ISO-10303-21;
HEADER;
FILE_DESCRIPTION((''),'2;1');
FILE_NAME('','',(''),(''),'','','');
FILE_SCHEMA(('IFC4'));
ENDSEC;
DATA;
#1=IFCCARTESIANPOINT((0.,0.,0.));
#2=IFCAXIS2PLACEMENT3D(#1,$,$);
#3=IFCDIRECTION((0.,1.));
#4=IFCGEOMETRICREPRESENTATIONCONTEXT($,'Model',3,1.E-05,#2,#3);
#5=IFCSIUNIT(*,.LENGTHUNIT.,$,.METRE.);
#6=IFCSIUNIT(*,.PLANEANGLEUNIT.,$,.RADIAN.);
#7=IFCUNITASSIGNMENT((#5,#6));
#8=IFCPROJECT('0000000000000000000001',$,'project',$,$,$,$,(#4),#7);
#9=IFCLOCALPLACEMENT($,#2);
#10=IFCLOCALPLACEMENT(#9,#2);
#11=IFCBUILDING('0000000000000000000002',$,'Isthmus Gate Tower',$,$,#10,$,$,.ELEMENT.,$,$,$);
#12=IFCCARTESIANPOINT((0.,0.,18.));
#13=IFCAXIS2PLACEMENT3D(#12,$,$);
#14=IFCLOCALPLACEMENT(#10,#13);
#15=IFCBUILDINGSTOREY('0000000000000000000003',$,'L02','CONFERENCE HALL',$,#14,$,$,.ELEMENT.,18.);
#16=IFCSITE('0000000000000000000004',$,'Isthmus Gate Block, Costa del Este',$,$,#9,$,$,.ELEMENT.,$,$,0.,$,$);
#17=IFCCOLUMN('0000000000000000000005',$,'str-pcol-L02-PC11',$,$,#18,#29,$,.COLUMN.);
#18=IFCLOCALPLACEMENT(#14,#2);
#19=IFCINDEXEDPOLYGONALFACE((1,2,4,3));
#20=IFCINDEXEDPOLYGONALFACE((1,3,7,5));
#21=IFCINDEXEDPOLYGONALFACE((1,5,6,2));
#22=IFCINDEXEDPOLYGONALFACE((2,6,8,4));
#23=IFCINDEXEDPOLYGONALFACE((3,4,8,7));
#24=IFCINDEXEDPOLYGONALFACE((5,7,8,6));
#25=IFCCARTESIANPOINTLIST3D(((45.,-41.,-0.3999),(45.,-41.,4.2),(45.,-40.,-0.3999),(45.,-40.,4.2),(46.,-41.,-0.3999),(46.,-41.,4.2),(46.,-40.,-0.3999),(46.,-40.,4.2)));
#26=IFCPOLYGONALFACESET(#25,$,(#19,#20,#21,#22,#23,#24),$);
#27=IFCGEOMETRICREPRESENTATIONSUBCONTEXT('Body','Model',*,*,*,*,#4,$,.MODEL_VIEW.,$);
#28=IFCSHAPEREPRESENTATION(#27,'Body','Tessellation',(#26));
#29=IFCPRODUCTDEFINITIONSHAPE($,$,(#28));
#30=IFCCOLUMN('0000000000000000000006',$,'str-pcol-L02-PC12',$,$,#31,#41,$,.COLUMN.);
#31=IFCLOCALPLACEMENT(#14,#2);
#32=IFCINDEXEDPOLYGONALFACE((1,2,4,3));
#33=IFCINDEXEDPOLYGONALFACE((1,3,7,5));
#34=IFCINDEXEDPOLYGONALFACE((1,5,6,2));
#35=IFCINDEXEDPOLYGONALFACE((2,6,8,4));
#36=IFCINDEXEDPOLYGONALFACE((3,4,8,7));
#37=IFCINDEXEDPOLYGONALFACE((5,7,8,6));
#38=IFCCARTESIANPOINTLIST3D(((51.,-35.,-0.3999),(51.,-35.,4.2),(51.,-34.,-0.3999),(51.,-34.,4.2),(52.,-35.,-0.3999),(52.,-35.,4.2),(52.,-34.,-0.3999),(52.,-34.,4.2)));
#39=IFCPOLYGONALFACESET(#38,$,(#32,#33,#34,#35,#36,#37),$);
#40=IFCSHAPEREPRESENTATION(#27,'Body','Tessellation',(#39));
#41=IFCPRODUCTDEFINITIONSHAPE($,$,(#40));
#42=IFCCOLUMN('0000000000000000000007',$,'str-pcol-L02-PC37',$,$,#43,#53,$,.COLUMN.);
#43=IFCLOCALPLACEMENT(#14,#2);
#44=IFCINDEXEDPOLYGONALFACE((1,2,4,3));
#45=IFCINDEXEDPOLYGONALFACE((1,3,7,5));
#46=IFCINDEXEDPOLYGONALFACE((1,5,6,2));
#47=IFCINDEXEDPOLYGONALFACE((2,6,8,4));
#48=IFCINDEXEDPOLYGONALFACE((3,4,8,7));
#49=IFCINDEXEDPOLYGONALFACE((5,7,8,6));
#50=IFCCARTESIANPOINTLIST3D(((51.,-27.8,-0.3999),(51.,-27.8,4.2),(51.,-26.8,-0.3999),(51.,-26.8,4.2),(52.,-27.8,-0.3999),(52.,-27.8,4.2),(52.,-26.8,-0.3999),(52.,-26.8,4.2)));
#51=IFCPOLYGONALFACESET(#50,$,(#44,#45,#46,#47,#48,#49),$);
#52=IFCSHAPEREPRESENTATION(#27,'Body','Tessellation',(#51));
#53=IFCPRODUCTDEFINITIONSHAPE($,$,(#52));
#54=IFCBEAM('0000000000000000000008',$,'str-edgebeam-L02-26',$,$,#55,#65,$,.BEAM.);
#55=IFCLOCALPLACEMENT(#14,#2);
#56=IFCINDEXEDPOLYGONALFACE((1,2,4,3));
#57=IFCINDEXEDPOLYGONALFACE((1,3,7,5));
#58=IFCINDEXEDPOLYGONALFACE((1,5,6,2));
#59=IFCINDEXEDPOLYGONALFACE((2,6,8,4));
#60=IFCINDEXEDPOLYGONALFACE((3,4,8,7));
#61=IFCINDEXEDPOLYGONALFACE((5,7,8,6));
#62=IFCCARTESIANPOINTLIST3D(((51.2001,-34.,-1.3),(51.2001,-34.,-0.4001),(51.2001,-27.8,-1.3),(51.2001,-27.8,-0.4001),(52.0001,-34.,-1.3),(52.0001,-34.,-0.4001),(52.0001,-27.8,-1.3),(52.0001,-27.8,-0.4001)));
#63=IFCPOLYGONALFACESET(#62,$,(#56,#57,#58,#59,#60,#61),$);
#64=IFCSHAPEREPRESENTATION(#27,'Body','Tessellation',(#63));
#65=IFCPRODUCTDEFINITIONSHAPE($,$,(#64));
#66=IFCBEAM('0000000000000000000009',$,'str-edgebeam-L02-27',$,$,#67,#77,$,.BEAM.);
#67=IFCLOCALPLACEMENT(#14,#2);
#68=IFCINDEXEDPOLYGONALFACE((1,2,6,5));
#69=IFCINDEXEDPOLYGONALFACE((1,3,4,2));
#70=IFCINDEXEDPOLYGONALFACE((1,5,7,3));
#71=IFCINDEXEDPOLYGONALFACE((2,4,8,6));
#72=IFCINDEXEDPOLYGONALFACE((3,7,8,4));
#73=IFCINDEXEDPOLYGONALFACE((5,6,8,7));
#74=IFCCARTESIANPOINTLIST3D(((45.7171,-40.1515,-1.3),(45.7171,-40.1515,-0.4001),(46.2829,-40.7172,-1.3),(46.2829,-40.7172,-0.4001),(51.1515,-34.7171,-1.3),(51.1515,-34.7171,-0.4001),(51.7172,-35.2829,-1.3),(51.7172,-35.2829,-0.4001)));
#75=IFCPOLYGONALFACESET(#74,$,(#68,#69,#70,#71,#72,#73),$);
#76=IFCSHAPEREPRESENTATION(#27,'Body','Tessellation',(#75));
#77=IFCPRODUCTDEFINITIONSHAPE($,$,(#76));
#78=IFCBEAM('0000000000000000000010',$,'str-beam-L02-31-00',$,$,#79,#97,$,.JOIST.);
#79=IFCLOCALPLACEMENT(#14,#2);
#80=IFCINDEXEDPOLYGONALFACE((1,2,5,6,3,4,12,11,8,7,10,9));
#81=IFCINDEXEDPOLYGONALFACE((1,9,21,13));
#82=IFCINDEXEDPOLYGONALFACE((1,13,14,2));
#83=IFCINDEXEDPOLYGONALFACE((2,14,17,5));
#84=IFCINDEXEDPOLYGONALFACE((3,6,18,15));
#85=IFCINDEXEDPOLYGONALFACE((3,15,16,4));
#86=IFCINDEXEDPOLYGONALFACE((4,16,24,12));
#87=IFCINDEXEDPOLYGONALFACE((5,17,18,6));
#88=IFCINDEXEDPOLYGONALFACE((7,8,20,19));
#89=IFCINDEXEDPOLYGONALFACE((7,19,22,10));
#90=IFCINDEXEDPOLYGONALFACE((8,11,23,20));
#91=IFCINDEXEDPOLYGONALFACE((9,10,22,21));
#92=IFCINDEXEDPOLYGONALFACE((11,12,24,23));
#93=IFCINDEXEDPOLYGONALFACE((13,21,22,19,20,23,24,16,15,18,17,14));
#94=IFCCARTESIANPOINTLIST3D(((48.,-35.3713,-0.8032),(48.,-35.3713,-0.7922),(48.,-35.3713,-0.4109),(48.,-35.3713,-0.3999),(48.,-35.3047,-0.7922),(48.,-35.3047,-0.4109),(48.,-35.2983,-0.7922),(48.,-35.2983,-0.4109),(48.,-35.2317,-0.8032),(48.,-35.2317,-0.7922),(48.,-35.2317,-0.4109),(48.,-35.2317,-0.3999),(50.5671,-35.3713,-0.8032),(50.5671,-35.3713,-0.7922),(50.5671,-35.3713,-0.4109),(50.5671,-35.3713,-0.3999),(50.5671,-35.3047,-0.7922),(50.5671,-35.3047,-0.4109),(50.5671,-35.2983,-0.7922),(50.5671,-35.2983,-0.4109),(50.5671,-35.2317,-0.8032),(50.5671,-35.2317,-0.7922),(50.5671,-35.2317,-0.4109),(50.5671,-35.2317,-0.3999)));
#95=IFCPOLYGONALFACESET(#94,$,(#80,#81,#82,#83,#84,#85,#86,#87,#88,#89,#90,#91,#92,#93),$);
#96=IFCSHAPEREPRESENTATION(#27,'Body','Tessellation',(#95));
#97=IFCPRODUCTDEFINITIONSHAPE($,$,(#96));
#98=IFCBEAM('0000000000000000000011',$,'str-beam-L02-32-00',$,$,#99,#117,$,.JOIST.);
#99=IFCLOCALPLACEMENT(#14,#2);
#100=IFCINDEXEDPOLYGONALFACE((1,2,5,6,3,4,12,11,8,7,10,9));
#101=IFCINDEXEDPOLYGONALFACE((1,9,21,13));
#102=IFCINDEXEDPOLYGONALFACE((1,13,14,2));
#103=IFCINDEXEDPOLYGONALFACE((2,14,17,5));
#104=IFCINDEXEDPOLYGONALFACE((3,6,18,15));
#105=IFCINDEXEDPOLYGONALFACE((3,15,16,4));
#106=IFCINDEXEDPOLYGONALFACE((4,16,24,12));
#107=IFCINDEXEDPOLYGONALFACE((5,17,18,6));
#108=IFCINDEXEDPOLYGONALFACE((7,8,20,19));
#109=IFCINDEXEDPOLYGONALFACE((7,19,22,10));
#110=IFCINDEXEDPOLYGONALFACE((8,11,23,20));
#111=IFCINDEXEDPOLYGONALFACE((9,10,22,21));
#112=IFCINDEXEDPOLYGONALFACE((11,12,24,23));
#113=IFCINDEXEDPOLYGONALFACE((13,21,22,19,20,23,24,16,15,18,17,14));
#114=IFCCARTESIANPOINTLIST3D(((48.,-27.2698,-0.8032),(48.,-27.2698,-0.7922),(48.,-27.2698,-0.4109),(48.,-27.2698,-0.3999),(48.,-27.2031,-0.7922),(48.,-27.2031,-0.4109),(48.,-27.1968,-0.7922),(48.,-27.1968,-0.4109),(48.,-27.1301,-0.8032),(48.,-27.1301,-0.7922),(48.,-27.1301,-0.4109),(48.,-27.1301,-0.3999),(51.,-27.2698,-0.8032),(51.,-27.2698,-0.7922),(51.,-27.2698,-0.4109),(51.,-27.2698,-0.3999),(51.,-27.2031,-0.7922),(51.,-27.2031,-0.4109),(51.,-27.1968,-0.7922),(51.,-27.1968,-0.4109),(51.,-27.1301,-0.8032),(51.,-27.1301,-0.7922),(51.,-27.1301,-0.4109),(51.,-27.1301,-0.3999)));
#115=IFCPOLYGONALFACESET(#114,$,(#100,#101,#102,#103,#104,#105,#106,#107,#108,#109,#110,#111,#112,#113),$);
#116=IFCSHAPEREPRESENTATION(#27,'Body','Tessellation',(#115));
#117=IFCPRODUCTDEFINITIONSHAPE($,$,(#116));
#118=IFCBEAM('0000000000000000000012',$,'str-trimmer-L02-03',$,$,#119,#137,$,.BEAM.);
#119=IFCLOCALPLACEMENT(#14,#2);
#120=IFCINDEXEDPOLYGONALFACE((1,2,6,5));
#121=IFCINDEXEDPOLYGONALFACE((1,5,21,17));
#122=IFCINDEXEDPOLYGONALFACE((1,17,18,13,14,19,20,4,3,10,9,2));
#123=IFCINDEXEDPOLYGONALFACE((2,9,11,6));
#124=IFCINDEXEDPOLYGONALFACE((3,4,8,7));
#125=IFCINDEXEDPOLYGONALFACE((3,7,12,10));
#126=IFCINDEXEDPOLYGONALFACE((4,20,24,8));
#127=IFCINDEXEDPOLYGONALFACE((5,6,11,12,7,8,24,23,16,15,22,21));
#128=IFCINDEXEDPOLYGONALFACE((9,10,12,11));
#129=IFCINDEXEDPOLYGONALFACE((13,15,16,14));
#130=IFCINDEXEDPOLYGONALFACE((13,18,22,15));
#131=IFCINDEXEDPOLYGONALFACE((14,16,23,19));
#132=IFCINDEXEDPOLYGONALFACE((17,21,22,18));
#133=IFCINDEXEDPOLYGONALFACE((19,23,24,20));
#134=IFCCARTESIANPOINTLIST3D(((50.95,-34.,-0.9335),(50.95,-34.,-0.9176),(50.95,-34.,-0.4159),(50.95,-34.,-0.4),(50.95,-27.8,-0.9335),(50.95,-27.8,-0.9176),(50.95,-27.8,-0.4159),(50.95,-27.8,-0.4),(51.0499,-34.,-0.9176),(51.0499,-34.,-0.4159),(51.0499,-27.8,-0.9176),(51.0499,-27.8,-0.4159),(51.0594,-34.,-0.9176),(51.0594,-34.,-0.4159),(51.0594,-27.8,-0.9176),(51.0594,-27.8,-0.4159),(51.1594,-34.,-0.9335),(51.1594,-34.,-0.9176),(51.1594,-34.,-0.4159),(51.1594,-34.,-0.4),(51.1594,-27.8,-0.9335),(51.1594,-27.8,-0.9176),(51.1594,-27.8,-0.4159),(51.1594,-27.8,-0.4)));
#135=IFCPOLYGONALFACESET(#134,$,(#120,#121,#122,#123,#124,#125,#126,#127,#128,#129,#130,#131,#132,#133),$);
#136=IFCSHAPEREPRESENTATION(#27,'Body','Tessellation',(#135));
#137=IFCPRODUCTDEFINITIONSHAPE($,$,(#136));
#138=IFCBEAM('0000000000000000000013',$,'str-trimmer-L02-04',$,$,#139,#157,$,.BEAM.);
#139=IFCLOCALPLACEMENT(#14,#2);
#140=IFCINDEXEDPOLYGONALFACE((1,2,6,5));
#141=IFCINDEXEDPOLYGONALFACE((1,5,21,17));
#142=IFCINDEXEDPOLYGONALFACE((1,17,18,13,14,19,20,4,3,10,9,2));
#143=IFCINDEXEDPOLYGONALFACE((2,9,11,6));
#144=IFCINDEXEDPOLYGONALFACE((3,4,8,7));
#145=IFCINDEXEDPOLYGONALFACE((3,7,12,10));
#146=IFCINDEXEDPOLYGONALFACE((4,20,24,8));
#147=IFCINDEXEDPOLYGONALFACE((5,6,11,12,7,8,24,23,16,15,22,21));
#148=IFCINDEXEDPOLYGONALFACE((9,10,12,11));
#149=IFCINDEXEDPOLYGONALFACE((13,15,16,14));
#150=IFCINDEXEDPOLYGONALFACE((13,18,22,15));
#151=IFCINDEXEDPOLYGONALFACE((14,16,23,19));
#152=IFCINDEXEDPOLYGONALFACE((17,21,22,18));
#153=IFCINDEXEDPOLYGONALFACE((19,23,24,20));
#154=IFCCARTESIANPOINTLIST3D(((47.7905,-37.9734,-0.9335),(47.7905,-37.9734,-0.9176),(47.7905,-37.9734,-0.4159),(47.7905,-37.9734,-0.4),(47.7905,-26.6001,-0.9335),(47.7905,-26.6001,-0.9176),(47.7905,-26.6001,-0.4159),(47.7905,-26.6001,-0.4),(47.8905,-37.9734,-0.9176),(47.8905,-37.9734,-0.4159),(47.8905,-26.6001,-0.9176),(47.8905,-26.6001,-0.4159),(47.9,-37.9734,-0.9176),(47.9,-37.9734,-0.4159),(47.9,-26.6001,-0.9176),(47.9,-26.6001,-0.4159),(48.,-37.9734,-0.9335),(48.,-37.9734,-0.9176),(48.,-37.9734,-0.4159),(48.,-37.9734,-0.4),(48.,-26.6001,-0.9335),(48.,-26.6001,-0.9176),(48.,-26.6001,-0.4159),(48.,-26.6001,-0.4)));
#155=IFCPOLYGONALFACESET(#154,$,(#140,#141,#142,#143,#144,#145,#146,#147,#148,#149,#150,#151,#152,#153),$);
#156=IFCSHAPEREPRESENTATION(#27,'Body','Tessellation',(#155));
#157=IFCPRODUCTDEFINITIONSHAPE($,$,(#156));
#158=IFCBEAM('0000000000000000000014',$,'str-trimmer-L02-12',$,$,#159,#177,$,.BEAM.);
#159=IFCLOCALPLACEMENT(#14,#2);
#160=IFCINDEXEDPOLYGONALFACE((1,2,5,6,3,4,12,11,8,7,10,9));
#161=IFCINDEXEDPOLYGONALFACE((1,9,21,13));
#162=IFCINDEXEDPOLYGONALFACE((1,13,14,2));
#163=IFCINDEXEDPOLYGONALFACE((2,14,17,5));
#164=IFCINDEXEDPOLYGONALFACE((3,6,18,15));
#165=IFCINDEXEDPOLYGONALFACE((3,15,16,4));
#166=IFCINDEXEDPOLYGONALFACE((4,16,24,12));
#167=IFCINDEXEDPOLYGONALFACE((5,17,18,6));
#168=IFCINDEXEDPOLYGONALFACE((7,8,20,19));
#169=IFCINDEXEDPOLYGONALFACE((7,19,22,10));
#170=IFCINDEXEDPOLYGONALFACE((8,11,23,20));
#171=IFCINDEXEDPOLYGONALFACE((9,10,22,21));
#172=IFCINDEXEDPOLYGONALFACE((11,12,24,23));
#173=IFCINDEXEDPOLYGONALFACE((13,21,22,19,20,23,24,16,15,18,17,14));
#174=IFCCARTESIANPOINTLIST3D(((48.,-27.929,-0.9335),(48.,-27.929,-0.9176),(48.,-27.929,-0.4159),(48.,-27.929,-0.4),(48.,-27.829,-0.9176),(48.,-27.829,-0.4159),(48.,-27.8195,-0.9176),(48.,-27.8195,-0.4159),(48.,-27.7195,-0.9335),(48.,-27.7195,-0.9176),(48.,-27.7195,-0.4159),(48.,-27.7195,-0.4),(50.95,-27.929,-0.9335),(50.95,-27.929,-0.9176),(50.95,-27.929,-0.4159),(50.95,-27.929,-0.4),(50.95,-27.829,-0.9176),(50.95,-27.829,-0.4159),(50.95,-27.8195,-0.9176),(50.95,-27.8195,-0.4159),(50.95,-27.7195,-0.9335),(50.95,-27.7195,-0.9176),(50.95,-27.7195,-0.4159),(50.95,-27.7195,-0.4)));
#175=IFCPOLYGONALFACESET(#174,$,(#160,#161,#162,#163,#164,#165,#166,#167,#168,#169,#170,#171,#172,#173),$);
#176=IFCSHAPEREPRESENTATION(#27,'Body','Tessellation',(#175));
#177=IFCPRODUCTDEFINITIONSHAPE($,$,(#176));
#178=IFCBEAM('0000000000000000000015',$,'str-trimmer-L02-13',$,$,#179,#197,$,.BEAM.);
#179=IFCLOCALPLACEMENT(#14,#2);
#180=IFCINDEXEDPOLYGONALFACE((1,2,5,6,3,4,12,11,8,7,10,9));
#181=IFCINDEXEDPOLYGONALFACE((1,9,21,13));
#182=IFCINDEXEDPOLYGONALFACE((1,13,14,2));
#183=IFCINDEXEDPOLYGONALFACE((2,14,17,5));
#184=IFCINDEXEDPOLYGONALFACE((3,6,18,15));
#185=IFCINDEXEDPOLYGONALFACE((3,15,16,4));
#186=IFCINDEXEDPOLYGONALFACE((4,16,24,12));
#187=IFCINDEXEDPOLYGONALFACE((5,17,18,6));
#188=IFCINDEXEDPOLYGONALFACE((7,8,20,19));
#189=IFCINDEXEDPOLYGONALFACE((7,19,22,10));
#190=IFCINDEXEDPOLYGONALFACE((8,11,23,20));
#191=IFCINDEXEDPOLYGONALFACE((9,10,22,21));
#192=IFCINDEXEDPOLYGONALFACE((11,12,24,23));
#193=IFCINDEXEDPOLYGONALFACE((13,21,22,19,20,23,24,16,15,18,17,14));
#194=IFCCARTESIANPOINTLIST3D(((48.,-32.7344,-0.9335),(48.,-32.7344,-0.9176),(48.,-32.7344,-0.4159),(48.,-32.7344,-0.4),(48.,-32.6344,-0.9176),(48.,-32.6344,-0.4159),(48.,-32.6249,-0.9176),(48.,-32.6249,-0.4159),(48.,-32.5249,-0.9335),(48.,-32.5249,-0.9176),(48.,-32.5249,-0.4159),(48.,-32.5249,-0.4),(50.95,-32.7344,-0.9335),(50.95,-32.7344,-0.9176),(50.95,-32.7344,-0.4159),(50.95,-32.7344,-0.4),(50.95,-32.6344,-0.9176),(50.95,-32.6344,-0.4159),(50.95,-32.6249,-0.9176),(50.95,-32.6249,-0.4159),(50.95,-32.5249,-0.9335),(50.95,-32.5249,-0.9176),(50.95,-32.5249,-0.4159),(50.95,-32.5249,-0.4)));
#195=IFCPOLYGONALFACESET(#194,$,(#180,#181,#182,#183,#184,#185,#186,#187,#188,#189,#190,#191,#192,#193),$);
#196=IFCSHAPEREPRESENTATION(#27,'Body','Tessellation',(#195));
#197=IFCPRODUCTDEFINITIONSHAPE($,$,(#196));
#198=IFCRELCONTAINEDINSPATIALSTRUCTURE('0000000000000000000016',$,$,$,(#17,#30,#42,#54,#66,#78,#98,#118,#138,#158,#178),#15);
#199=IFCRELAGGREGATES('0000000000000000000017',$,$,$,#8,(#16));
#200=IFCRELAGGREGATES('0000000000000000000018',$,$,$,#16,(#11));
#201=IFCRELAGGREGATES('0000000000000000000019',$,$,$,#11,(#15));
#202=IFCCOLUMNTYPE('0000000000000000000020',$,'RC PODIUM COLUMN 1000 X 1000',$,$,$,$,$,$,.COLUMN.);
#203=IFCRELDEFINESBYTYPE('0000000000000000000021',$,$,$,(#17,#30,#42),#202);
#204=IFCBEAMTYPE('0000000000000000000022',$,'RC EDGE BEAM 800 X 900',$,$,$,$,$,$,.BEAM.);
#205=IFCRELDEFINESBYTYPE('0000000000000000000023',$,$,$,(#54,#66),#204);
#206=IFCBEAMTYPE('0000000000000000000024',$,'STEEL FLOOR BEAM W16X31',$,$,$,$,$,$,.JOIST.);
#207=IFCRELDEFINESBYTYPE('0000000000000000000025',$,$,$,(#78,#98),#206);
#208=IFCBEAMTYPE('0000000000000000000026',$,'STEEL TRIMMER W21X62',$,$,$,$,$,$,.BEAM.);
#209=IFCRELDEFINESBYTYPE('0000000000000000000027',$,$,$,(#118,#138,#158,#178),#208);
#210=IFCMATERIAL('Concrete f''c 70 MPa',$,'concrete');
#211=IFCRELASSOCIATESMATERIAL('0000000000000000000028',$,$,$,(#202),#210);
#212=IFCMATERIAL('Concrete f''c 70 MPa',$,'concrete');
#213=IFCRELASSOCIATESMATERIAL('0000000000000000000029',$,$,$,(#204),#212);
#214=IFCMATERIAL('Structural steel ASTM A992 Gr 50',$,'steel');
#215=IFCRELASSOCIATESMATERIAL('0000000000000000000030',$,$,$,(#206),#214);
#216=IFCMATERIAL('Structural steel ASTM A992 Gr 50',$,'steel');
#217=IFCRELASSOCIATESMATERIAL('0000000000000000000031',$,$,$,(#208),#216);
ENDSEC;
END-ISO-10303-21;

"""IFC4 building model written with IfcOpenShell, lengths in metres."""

from ifc_helpers import new_model, si_unit, direction, frame, origin, origin_2d, place, context, subcontext, project, spatial, rectangle, i_section, extrude, material, material_profile, profile_set, type_object, element, save


model = new_model("IFC4")

# Units and contexts
model_context = context("Model", 3, precision=1e-05, world=origin(), true_north=direction((0.0, 1.0)))
body_context = subcontext(model_context, "Body", "Model", "MODEL_VIEW")
ifc_project = project(units=[si_unit("LENGTHUNIT", "METRE"), si_unit("PLANEANGLEUNIT", "RADIAN")], contexts=[model_context])

# Site, building, storey
site_placement = place(None, origin())
site = spatial("IfcSite", under=ifc_project, at=site_placement, Name="Isthmus Gate Block, Costa del Este", CompositionType="ELEMENT", RefElevation=0.0)
building_placement = place(site_placement, origin())
building = spatial("IfcBuilding", under=site, at=building_placement, Name="Isthmus Gate Tower", CompositionType="ELEMENT")
storey_placement = place(building_placement, frame((0.0, 0.0, 18.0)))
storey = spatial("IfcBuildingStorey", under=building, at=storey_placement, Name="L02", Description="CONFERENCE HALL", CompositionType="ELEMENT", Elevation=18.0)

# Columns
ifc_material_1 = material(Name="Concrete f'c 70 MPa", Category="concrete")
ifc_material_profile_1 = material_profile(ifc_material_1, rectangle(XDim=1.0, YDim=1.0, at=origin_2d()), Name="RC 1000X1000")
ifc_profile_set_1 = profile_set([ifc_material_profile_1], Name="Concrete f'c 70 MPa")
column_type = type_object("IfcColumnType", Name="RC PODIUM COLUMN 1000 X 1000", PredefinedType="COLUMN", material=ifc_profile_set_1)
for number, where, z_axis, x_axis, name in (
    (1, (45.5, -40.5, -0.3999), (0.0, 0.0, 1.0), (1.0, 0.0, 0.0), "str-pcol-L02-PC11"),
    (2, (51.5, -34.5, -0.3999), (0.0, 0.0, 1.0), (0.0, 1.0, 0.0), "str-pcol-L02-PC12"),
    (3, (51.5, -27.3, -0.3999), (0.0, 0.0, 1.0), (0.0, 1.0, 0.0), "str-pcol-L02-PC37"),
):
    element("IfcColumn", number, at=place(storey_placement, frame(where, z_axis=z_axis, x_axis=x_axis)), inside=storey, type_object=column_type, Name=name, PredefinedType="COLUMN", context=body_context, shape_type="SweptSolid", body=[
        extrude(rectangle(XDim=1.0, YDim=1.0, at=origin_2d()), origin(), (0.0, 0.0, 1.0), 4.5999),
    ])

# Beams
ifc_material_2 = material(Name="Concrete f'c 70 MPa", Category="concrete")
ifc_material_profile_2 = material_profile(ifc_material_2, rectangle(XDim=0.8, YDim=0.8999, at=origin_2d()), Name="RC 800X900")
ifc_profile_set_2 = profile_set([ifc_material_profile_2], Name="Concrete f'c 70 MPa")
beam_type_1 = type_object("IfcBeamType", Name="RC EDGE BEAM 800 X 900", PredefinedType="BEAM", material=ifc_profile_set_2)
beam_1_placement = place(storey_placement, frame((51.6001, -27.8, -0.8501), z_axis=(0.0, -1.0, 0.0), x_axis=(1.0, 0.0, 0.0)))
element("IfcBeam", 4, at=beam_1_placement, inside=storey, type_object=beam_type_1, Name="str-edgebeam-L02-26", PredefinedType="BEAM", context=body_context, shape_type="SweptSolid", body=[
    extrude(rectangle(XDim=0.8, YDim=0.8999, at=origin_2d()), origin(), (0.0, 0.0, 1.0), 6.2),
])
beam_2_placement = place(storey_placement, frame((51.4343, -35.0, -0.8501), z_axis=(-0.707107, -0.707107, 0.0), x_axis=(0.707107, -0.707107, 0.0)))
element("IfcBeam", 5, at=beam_2_placement, inside=storey, type_object=beam_type_1, Name="str-edgebeam-L02-27", PredefinedType="BEAM", context=body_context, shape_type="SweptSolid", body=[
    extrude(rectangle(XDim=0.8, YDim=0.8999, at=origin_2d()), origin(), (0.0, 0.0, 1.0), 7.6853),
])
ifc_material_3 = material(Name="Structural steel ASTM A992 Gr 50", Category="steel")
ifc_material_profile_3 = material_profile(ifc_material_3, i_section(OverallWidth=0.1396, OverallDepth=0.4033, WebThickness=0.0063, FlangeThickness=0.011, at=origin_2d()), Name="W16X31")
ifc_profile_set_3 = profile_set([ifc_material_profile_3], Name="Structural steel ASTM A992 Gr 50")
beam_type_2 = type_object("IfcBeamType", Name="STEEL FLOOR BEAM W16X31", PredefinedType="JOIST", material=ifc_profile_set_3)
beam_3_placement = place(storey_placement, frame((48.0, -35.3015, -0.6016), z_axis=(1.0, 0.0, 0.0), x_axis=(0.0, 1.0, 0.0)))
element("IfcBeam", 6, at=beam_3_placement, inside=storey, type_object=beam_type_2, Name="str-beam-L02-31-00", PredefinedType="JOIST", context=body_context, shape_type="SweptSolid", body=[
    extrude(i_section(OverallWidth=0.1396, OverallDepth=0.4033, WebThickness=0.0063, FlangeThickness=0.011, at=origin_2d()), origin(), (0.0, 0.0, 1.0), 2.5671),
])
beam_4_placement = place(storey_placement, frame((48.0, -27.2, -0.6016), z_axis=(1.0, 0.0, 0.0), x_axis=(0.0, 1.0, 0.0)))
element("IfcBeam", 7, at=beam_4_placement, inside=storey, type_object=beam_type_2, Name="str-beam-L02-32-00", PredefinedType="JOIST", context=body_context, shape_type="SweptSolid", body=[
    extrude(i_section(OverallWidth=0.1396, OverallDepth=0.4033, WebThickness=0.0063, FlangeThickness=0.011, at=origin_2d()), origin(), (0.0, 0.0, 1.0), 3.0),
])
ifc_material_4 = material(Name="Structural steel ASTM A992 Gr 50", Category="steel")
ifc_material_profile_4 = material_profile(ifc_material_4, i_section(OverallWidth=0.2095, OverallDepth=0.5334, WebThickness=0.0095, FlangeThickness=0.0159, at=origin_2d()), Name="W21X62")
ifc_profile_set_4 = profile_set([ifc_material_profile_4], Name="Structural steel ASTM A992 Gr 50")
beam_type_3 = type_object("IfcBeamType", Name="STEEL TRIMMER W21X62", PredefinedType="BEAM", material=ifc_profile_set_4)
beam_5_placement = place(storey_placement, frame((51.0547, -34.0, -0.6667), z_axis=(0.0, 1.0, 0.0), x_axis=(-1.0, 0.0, 0.0)))
element("IfcBeam", 8, at=beam_5_placement, inside=storey, type_object=beam_type_3, Name="str-trimmer-L02-03", PredefinedType="BEAM", context=body_context, shape_type="SweptSolid", body=[
    extrude(i_section(OverallWidth=0.2095, OverallDepth=0.5334, WebThickness=0.0095, FlangeThickness=0.0159, at=origin_2d()), origin(), (0.0, 0.0, 1.0), 6.2),
])
beam_6_placement = place(storey_placement, frame((47.8953, -26.6001, -0.6667), z_axis=(0.0, -1.0, 0.0), x_axis=(1.0, 0.0, 0.0)))
element("IfcBeam", 9, at=beam_6_placement, inside=storey, type_object=beam_type_3, Name="str-trimmer-L02-04", PredefinedType="BEAM", context=body_context, shape_type="SweptSolid", body=[
    extrude(i_section(OverallWidth=0.2095, OverallDepth=0.5334, WebThickness=0.0095, FlangeThickness=0.0159, at=origin_2d()), origin(), (0.0, 0.0, 1.0), 11.3733),
])
for number, where, z_axis, x_axis, name in (
    (10, (50.95, -27.8242, -0.6667), (-1.0, 0.0, 0.0), (0.0, -1.0, 0.0), "str-trimmer-L02-12"),
    (11, (48.0, -32.6296, -0.6667), (1.0, 0.0, 0.0), (0.0, 1.0, 0.0), "str-trimmer-L02-13"),
):
    element("IfcBeam", number, at=place(storey_placement, frame(where, z_axis=z_axis, x_axis=x_axis)), inside=storey, type_object=beam_type_3, Name=name, PredefinedType="BEAM", context=body_context, shape_type="SweptSolid", body=[
        extrude(i_section(OverallWidth=0.2095, OverallDepth=0.5334, WebThickness=0.0095, FlangeThickness=0.0159, at=origin_2d()), origin(), (0.0, 0.0, 1.0), 2.95),
    ])

save(model, "model.ifc")
